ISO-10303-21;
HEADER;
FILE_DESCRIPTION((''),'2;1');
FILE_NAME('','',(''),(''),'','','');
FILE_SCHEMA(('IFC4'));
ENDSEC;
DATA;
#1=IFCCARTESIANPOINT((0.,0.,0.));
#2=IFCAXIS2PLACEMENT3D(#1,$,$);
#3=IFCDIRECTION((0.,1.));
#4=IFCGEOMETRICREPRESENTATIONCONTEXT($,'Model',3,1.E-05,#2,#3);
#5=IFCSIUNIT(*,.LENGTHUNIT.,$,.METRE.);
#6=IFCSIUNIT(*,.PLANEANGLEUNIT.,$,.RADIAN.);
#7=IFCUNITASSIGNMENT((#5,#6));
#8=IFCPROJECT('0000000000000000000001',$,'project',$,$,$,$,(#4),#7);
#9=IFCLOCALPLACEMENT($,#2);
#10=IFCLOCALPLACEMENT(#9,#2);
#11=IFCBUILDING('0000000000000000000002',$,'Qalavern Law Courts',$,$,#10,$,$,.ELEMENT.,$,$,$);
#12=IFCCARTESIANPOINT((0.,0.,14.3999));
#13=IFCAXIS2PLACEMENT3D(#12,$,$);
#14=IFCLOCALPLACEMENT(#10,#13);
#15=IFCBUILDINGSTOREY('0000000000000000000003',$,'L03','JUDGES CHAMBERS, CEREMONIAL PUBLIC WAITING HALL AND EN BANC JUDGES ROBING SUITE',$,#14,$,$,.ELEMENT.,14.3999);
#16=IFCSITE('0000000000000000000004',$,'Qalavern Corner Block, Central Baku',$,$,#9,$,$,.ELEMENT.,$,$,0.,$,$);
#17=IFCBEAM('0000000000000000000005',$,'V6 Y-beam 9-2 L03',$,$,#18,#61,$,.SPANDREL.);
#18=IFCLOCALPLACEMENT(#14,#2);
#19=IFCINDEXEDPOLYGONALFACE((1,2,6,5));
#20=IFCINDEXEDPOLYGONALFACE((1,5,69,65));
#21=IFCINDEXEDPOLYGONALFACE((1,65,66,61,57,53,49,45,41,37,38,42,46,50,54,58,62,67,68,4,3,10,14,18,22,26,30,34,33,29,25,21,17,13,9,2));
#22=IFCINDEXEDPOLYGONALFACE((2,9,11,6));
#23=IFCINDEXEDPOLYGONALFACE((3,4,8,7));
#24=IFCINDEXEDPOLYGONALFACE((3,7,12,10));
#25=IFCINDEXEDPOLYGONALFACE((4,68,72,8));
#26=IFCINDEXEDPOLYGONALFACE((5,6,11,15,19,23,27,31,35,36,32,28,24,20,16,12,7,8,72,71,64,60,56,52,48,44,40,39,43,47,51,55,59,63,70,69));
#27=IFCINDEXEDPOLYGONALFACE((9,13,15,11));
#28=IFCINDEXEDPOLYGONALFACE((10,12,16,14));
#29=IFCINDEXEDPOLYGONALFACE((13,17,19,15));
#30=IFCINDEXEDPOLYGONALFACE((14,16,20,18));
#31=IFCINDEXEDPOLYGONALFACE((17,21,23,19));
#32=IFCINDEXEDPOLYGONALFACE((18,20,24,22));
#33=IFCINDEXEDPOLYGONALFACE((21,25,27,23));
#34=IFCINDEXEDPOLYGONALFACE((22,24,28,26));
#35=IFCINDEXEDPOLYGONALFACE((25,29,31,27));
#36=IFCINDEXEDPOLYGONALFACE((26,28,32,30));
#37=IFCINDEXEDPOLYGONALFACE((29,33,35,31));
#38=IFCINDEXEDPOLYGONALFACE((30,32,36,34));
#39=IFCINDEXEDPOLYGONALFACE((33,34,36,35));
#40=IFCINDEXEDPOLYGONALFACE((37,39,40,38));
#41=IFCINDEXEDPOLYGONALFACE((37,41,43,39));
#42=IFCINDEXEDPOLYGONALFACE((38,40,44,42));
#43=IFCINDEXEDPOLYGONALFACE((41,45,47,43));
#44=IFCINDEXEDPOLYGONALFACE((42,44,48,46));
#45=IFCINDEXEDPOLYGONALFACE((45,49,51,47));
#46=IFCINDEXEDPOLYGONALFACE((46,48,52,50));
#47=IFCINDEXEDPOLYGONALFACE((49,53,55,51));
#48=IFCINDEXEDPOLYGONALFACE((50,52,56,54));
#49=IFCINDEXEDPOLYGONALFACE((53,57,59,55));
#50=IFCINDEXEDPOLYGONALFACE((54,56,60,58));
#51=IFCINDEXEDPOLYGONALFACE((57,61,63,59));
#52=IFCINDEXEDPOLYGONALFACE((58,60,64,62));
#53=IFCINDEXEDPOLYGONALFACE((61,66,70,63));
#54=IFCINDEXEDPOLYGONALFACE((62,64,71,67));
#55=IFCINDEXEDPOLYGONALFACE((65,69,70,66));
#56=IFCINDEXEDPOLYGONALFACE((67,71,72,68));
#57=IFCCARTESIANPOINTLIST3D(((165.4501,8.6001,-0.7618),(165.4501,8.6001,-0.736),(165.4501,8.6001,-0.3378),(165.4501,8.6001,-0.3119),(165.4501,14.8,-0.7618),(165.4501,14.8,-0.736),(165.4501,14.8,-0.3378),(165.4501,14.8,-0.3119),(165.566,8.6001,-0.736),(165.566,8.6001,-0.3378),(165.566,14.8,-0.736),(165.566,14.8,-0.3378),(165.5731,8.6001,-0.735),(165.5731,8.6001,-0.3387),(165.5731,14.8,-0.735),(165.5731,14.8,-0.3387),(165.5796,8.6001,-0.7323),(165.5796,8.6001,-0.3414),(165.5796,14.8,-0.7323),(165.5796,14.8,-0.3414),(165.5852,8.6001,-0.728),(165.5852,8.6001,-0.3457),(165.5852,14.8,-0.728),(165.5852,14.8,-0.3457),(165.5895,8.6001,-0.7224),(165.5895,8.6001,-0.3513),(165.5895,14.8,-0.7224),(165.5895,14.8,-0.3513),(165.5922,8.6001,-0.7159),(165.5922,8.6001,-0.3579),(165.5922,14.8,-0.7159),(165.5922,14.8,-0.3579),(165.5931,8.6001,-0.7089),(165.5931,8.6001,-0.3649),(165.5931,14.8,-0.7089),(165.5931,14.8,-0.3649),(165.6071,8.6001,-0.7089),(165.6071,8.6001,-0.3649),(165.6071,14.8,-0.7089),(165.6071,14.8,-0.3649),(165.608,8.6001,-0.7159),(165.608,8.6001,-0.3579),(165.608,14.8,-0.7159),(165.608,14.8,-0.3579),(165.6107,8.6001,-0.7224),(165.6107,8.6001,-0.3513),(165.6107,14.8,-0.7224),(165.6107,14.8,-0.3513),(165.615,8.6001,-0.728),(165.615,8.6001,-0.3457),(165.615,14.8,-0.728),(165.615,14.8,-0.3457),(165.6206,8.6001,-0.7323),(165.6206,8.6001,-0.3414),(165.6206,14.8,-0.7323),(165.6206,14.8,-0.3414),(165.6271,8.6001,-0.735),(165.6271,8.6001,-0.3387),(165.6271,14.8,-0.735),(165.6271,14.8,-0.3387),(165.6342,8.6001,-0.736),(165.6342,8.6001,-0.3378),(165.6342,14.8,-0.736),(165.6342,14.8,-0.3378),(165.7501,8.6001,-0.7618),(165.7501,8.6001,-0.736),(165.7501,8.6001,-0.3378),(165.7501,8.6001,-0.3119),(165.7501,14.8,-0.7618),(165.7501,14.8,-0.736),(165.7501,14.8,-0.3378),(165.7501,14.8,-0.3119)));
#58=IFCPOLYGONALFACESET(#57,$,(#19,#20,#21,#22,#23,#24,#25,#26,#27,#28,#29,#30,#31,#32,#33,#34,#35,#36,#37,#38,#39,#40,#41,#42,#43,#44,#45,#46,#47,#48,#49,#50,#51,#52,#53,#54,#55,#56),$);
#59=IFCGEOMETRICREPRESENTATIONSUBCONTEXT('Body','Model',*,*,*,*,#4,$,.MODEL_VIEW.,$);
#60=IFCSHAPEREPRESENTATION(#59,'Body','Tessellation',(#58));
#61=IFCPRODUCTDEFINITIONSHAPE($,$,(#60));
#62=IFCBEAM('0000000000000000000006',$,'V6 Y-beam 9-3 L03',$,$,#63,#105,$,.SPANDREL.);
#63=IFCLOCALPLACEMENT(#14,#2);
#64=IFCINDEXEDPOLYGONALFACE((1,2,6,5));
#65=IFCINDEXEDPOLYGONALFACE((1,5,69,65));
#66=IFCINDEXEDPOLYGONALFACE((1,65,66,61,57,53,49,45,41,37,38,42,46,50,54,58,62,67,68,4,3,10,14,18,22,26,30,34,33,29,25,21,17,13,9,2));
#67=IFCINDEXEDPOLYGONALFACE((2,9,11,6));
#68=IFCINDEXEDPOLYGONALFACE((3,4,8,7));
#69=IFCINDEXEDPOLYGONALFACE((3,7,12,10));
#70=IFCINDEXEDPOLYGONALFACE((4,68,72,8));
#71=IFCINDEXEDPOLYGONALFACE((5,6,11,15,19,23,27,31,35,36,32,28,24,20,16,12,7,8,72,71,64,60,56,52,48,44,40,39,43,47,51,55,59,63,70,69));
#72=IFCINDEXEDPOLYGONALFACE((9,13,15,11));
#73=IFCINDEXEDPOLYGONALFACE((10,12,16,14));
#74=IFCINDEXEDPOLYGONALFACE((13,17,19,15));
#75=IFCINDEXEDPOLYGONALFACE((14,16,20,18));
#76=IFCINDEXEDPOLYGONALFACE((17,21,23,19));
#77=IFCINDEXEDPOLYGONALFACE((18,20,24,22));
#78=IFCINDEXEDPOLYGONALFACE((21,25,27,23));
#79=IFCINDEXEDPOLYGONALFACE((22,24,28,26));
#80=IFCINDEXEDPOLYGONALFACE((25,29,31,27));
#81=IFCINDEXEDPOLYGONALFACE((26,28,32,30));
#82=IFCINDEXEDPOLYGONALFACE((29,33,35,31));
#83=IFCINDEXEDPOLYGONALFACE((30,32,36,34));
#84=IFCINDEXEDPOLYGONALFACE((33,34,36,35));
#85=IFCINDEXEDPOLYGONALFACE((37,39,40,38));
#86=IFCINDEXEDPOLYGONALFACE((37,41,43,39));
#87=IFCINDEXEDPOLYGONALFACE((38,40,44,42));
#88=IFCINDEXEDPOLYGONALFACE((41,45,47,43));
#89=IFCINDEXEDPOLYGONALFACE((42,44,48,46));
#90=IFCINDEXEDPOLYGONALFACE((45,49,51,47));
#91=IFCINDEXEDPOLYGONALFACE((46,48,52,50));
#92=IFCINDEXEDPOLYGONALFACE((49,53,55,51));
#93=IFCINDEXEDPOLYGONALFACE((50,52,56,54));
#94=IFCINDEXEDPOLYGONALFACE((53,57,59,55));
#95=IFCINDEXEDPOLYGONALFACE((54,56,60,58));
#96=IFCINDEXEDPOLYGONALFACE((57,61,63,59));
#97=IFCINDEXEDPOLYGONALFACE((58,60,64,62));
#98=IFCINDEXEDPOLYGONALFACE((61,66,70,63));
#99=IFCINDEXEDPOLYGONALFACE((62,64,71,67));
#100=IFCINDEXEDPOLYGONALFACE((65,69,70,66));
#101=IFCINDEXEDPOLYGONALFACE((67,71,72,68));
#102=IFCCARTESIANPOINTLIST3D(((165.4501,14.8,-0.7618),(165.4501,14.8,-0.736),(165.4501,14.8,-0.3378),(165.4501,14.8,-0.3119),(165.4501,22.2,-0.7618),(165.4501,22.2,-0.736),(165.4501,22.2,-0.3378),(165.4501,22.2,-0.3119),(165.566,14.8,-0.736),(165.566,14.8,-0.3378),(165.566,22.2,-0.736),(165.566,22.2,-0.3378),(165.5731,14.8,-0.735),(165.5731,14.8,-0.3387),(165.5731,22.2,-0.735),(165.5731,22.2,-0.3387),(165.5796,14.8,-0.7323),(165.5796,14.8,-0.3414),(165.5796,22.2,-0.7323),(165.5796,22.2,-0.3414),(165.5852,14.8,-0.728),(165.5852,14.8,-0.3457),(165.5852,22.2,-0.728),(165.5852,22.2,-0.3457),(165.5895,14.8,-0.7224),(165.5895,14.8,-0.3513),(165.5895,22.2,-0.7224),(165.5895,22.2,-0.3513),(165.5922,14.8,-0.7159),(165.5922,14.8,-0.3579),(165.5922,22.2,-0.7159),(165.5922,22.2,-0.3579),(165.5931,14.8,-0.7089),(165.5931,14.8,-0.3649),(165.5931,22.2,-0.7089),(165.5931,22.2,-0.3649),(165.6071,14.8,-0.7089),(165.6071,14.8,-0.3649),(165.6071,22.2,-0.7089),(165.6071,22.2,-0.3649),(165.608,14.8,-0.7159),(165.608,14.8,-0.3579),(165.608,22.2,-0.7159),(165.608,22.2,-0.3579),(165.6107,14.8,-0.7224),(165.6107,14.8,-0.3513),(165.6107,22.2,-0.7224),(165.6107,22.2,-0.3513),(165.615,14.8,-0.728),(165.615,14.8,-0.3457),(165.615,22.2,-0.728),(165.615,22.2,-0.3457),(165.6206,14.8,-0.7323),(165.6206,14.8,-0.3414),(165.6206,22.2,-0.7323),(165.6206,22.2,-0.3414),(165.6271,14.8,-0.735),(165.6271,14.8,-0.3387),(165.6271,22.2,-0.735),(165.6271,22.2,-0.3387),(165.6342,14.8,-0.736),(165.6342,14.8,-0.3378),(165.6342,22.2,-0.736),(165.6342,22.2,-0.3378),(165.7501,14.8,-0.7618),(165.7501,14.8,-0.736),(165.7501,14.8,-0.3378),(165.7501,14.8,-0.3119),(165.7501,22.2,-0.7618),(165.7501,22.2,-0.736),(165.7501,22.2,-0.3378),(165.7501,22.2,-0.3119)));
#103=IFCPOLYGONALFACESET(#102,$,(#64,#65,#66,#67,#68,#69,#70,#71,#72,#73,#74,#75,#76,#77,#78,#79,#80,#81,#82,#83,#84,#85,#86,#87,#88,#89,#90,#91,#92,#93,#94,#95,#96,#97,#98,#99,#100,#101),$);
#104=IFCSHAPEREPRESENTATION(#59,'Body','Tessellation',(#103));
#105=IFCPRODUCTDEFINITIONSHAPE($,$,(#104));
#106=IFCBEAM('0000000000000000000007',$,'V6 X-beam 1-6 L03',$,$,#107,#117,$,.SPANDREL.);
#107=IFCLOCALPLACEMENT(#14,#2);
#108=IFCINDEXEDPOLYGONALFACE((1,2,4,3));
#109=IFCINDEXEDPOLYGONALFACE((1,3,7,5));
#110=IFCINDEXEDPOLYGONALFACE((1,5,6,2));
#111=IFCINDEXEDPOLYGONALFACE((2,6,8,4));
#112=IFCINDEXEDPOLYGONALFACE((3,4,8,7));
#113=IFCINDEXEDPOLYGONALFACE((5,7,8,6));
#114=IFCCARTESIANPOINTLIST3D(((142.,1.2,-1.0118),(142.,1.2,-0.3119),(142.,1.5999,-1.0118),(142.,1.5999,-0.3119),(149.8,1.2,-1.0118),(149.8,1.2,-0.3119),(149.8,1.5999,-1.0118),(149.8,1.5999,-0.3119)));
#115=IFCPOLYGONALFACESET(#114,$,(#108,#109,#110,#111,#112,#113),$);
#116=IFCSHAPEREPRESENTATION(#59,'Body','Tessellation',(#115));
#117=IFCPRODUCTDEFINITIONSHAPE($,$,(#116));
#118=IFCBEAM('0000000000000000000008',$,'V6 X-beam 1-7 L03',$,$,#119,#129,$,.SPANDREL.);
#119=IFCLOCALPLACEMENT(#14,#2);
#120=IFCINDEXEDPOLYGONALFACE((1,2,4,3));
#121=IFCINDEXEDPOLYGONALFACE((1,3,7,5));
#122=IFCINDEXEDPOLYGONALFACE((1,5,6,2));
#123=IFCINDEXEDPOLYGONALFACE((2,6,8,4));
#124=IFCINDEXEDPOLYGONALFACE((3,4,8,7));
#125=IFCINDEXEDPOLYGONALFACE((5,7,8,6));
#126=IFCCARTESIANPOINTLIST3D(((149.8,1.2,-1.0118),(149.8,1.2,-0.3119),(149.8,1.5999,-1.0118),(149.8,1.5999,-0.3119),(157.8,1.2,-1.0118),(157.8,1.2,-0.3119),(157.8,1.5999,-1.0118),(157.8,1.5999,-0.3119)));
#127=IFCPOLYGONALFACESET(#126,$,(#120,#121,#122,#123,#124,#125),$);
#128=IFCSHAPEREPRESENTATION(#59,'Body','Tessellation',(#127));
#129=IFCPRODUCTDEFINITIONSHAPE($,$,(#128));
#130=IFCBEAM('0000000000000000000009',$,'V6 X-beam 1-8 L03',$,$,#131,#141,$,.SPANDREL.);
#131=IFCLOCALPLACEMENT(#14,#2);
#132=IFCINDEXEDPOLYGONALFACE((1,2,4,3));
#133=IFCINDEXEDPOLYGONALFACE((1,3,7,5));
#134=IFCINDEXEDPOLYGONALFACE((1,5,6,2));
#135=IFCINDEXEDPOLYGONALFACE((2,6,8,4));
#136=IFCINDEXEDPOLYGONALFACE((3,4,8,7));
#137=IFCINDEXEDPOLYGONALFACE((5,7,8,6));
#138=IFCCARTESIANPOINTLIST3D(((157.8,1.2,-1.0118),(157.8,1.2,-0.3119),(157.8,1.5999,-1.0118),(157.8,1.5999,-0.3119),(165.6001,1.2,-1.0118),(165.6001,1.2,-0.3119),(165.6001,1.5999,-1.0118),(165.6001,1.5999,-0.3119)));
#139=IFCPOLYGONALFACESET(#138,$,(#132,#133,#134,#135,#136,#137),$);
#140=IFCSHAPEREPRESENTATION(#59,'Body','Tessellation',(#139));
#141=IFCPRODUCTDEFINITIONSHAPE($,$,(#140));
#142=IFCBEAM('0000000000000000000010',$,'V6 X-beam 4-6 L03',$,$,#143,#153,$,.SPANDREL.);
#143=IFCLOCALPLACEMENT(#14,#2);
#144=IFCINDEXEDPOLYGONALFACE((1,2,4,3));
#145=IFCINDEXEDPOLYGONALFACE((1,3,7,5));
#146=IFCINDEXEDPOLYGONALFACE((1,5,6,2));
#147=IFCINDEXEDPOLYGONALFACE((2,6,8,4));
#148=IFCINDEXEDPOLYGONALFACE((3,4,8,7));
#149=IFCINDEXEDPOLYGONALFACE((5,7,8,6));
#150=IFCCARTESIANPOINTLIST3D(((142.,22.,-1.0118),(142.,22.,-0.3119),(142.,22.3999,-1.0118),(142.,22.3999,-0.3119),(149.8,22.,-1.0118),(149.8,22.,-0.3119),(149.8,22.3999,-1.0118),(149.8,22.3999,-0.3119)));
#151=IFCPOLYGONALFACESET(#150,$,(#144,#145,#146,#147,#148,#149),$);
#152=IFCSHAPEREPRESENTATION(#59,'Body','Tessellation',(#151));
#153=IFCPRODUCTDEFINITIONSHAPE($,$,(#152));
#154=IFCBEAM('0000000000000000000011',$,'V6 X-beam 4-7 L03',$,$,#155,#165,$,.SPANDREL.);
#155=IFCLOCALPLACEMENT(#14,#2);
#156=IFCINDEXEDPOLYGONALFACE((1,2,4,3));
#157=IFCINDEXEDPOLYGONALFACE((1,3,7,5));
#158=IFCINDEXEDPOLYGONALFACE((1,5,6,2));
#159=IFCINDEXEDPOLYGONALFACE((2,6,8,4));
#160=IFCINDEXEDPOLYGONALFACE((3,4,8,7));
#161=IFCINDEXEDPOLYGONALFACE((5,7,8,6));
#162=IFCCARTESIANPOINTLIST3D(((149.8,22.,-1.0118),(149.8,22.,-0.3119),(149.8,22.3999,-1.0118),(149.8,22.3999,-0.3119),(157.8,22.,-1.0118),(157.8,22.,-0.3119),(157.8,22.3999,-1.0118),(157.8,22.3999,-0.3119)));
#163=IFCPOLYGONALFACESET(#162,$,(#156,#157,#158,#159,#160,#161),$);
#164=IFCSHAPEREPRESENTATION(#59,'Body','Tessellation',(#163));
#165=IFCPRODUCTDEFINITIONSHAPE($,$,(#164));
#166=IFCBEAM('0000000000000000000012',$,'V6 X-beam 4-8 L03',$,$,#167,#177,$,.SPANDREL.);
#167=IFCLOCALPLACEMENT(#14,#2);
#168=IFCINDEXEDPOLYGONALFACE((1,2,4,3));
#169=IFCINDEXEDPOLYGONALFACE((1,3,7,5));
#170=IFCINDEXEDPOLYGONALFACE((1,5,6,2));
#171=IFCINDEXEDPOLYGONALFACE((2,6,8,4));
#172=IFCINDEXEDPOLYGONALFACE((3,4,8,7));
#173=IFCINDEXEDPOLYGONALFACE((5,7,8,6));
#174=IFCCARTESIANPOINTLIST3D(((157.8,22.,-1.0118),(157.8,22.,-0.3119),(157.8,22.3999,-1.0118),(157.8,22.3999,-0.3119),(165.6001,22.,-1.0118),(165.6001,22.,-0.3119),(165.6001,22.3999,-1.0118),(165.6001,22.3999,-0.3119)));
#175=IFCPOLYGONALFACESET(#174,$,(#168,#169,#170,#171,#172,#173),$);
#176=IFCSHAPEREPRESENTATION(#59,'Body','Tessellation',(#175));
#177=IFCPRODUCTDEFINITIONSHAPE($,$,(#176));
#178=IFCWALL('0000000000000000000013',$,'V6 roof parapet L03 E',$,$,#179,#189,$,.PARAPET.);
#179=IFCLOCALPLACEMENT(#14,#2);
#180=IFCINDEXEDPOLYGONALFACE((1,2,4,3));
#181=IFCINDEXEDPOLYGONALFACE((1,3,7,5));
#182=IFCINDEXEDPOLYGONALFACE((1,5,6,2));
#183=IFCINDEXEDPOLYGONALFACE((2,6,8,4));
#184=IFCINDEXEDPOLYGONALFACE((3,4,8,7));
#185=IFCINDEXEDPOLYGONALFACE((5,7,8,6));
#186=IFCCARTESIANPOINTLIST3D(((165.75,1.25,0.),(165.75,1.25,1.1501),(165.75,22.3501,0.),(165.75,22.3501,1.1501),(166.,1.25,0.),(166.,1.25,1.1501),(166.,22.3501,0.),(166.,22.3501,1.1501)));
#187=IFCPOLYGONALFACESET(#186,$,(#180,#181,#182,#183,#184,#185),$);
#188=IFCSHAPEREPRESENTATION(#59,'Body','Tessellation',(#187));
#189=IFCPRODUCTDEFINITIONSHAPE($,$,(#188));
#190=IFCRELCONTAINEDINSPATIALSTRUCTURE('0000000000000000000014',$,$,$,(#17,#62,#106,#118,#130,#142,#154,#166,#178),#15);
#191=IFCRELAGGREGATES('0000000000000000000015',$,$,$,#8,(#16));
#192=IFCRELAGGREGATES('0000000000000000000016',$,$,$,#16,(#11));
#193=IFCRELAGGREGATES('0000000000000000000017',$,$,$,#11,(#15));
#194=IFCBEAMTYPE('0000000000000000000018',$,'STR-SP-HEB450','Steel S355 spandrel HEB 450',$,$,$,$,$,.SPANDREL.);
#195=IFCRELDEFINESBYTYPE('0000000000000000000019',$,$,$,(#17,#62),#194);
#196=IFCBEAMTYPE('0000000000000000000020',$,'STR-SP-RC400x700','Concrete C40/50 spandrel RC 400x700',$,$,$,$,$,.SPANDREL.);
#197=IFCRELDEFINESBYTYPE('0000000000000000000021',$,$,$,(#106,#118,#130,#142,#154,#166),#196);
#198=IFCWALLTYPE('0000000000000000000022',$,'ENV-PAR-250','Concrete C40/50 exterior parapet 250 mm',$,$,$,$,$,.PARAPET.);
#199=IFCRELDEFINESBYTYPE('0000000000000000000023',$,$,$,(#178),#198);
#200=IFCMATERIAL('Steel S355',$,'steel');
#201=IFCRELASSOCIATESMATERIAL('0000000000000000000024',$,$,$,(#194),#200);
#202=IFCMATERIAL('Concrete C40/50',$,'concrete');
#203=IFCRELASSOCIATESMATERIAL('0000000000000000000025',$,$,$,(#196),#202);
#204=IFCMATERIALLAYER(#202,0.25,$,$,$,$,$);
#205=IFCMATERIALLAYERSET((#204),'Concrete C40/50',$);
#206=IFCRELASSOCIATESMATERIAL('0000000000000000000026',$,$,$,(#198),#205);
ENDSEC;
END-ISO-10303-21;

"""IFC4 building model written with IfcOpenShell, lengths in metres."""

from ifc_helpers import new_model, si_unit, direction, frame, frame_2d, origin, origin_2d, place, context, subcontext, project, spatial, rectangle, i_section, extrude, material, layer, layer_set, material_profile, profile_set, type_object, element, save


model = new_model("IFC4")

# Units and contexts
model_context = context("Model", 3, precision=1e-05, world=origin(), true_north=direction((0.0, 1.0)))
body_context = subcontext(model_context, "Body", "Model", "MODEL_VIEW")
ifc_project = project(units=[si_unit("LENGTHUNIT", "METRE"), si_unit("PLANEANGLEUNIT", "RADIAN")], contexts=[model_context])

# Site, building, storey
site_placement = place(None, origin())
site = spatial("IfcSite", under=ifc_project, at=site_placement, Name="Qalavern Corner Block, Central Baku", CompositionType="ELEMENT", RefElevation=0.0)
building_placement = place(site_placement, origin())
building = spatial("IfcBuilding", under=site, at=building_placement, Name="Qalavern Law Courts", CompositionType="ELEMENT")
storey_placement = place(building_placement, frame((0.0, 0.0, 14.3999)))
storey = spatial("IfcBuildingStorey", under=building, at=storey_placement, Name="L03", Description="JUDGES CHAMBERS, CEREMONIAL PUBLIC WAITING HALL AND EN BANC JUDGES ROBING SUITE", CompositionType="ELEMENT", Elevation=14.3999)

# Beams
ifc_material_1 = material(Name="Steel S355", Category="steel")
ifc_material_2 = material(Name="Concrete C40/50", Category="concrete")
ifc_material_profile_1 = material_profile(ifc_material_1, i_section(OverallWidth=0.3, OverallDepth=0.45, WebThickness=0.0139, FlangeThickness=0.0259, FilletRadius=0.0271, at=origin_2d()), Name="HEB 450")
ifc_profile_set_1 = profile_set([ifc_material_profile_1], Name="Steel S355")
beam_type_1 = type_object("IfcBeamType", Name="STR-SP-HEB450", Description="Steel S355 spandrel HEB 450", PredefinedType="SPANDREL", material=ifc_profile_set_1)
beam_1_placement = place(storey_placement, frame((165.6001, 8.6001, -0.5369), z_axis=(0.0, 1.0, 0.0), x_axis=(-1.0, 0.0, 0.0)))
element("IfcBeam", 1, at=beam_1_placement, inside=storey, type_object=beam_type_1, Name="V6 Y-beam 9-2 L03", PredefinedType="SPANDREL", context=body_context, shape_type="SweptSolid", body=[
    extrude(i_section(OverallWidth=0.3, OverallDepth=0.45, WebThickness=0.0139, FlangeThickness=0.0259, FilletRadius=0.0271, at=origin_2d()), origin(), (0.0, 0.0, 1.0), 6.2),
])
beam_2_placement = place(storey_placement, frame((165.6001, 14.8, -0.5369), z_axis=(0.0, 1.0, 0.0), x_axis=(-1.0, 0.0, 0.0)))
element("IfcBeam", 2, at=beam_2_placement, inside=storey, type_object=beam_type_1, Name="V6 Y-beam 9-3 L03", PredefinedType="SPANDREL", context=body_context, shape_type="SweptSolid", body=[
    extrude(i_section(OverallWidth=0.3, OverallDepth=0.45, WebThickness=0.0139, FlangeThickness=0.0259, FilletRadius=0.0271, at=origin_2d()), origin(), (0.0, 0.0, 1.0), 7.3999),
])
ifc_material_profile_2 = material_profile(ifc_material_2, rectangle(XDim=0.3999, YDim=0.7, at=origin_2d()), Name="RC 400x700")
ifc_profile_set_2 = profile_set([ifc_material_profile_2], Name="Concrete C40/50")
beam_type_2 = type_object("IfcBeamType", Name="STR-SP-RC400x700", Description="Concrete C40/50 spandrel RC 400x700", PredefinedType="SPANDREL", material=ifc_profile_set_2)
beam_3_placement = place(storey_placement, frame((142.0, 1.3999, -0.6619), z_axis=(1.0, 0.0, 0.0), x_axis=(0.0, 1.0, 0.0)))
element("IfcBeam", 3, at=beam_3_placement, inside=storey, type_object=beam_type_2, Name="V6 X-beam 1-6 L03", PredefinedType="SPANDREL", context=body_context, shape_type="SweptSolid", body=[
    extrude(rectangle(XDim=0.3999, YDim=0.7, at=origin_2d()), origin(), (0.0, 0.0, 1.0), 7.8),
])
beam_4_placement = place(storey_placement, frame((149.8, 1.3999, -0.6619), z_axis=(1.0, 0.0, 0.0), x_axis=(0.0, 1.0, 0.0)))
element("IfcBeam", 4, at=beam_4_placement, inside=storey, type_object=beam_type_2, Name="V6 X-beam 1-7 L03", PredefinedType="SPANDREL", context=body_context, shape_type="SweptSolid", body=[
    extrude(rectangle(XDim=0.3999, YDim=0.7, at=origin_2d()), origin(), (0.0, 0.0, 1.0), 8.0),
])
for number, where, z_axis, x_axis, name in (
    (5, (157.8, 1.3999, -0.6619), (1.0, 0.0, 0.0), (0.0, 1.0, 0.0), "V6 X-beam 1-8 L03"),
    (6, (142.0, 22.2, -0.6619), (1.0, 0.0, 0.0), (0.0, 1.0, 0.0), "V6 X-beam 4-6 L03"),
):
    element("IfcBeam", number, at=place(storey_placement, frame(where, z_axis=z_axis, x_axis=x_axis)), inside=storey, type_object=beam_type_2, Name=name, PredefinedType="SPANDREL", context=body_context, shape_type="SweptSolid", body=[
        extrude(rectangle(XDim=0.3999, YDim=0.7, at=origin_2d()), origin(), (0.0, 0.0, 1.0), 7.8),
    ])
beam_5_placement = place(storey_placement, frame((149.8, 22.2, -0.6619), z_axis=(1.0, 0.0, 0.0), x_axis=(0.0, 1.0, 0.0)))
element("IfcBeam", 7, at=beam_5_placement, inside=storey, type_object=beam_type_2, Name="V6 X-beam 4-7 L03", PredefinedType="SPANDREL", context=body_context, shape_type="SweptSolid", body=[
    extrude(rectangle(XDim=0.3999, YDim=0.7, at=origin_2d()), origin(), (0.0, 0.0, 1.0), 8.0),
])
beam_6_placement = place(storey_placement, frame((157.8, 22.2, -0.6619), z_axis=(1.0, 0.0, 0.0), x_axis=(0.0, 1.0, 0.0)))
element("IfcBeam", 8, at=beam_6_placement, inside=storey, type_object=beam_type_2, Name="V6 X-beam 4-8 L03", PredefinedType="SPANDREL", context=body_context, shape_type="SweptSolid", body=[
    extrude(rectangle(XDim=0.3999, YDim=0.7, at=origin_2d()), origin(), (0.0, 0.0, 1.0), 7.8),
])

# Wall
ifc_layer_1 = layer(ifc_material_2, 0.25)
ifc_layer_set_1 = layer_set([ifc_layer_1], Name="Concrete C40/50")
wall_type = type_object("IfcWallType", Name="ENV-PAR-250", Description="Concrete C40/50 exterior parapet 250 mm", PredefinedType="PARAPET", material=ifc_layer_set_1)
wall_1_placement = place(storey_placement, frame((165.875, 1.25, 0.0), z_axis=(0.0, 0.0, 1.0), x_axis=(0.0, 1.0, 0.0)))
element("IfcWall", 9, at=wall_1_placement, inside=storey, type_object=wall_type, Name="V6 roof parapet L03 E", PredefinedType="PARAPET", context=body_context, shape_type="SweptSolid", body=[
    extrude(rectangle(XDim=21.1001, YDim=0.25, at=frame_2d((10.55, 0.0))), origin(), (0.0, 0.0, 1.0), 1.1501),
])

save(model, "model.ifc")
